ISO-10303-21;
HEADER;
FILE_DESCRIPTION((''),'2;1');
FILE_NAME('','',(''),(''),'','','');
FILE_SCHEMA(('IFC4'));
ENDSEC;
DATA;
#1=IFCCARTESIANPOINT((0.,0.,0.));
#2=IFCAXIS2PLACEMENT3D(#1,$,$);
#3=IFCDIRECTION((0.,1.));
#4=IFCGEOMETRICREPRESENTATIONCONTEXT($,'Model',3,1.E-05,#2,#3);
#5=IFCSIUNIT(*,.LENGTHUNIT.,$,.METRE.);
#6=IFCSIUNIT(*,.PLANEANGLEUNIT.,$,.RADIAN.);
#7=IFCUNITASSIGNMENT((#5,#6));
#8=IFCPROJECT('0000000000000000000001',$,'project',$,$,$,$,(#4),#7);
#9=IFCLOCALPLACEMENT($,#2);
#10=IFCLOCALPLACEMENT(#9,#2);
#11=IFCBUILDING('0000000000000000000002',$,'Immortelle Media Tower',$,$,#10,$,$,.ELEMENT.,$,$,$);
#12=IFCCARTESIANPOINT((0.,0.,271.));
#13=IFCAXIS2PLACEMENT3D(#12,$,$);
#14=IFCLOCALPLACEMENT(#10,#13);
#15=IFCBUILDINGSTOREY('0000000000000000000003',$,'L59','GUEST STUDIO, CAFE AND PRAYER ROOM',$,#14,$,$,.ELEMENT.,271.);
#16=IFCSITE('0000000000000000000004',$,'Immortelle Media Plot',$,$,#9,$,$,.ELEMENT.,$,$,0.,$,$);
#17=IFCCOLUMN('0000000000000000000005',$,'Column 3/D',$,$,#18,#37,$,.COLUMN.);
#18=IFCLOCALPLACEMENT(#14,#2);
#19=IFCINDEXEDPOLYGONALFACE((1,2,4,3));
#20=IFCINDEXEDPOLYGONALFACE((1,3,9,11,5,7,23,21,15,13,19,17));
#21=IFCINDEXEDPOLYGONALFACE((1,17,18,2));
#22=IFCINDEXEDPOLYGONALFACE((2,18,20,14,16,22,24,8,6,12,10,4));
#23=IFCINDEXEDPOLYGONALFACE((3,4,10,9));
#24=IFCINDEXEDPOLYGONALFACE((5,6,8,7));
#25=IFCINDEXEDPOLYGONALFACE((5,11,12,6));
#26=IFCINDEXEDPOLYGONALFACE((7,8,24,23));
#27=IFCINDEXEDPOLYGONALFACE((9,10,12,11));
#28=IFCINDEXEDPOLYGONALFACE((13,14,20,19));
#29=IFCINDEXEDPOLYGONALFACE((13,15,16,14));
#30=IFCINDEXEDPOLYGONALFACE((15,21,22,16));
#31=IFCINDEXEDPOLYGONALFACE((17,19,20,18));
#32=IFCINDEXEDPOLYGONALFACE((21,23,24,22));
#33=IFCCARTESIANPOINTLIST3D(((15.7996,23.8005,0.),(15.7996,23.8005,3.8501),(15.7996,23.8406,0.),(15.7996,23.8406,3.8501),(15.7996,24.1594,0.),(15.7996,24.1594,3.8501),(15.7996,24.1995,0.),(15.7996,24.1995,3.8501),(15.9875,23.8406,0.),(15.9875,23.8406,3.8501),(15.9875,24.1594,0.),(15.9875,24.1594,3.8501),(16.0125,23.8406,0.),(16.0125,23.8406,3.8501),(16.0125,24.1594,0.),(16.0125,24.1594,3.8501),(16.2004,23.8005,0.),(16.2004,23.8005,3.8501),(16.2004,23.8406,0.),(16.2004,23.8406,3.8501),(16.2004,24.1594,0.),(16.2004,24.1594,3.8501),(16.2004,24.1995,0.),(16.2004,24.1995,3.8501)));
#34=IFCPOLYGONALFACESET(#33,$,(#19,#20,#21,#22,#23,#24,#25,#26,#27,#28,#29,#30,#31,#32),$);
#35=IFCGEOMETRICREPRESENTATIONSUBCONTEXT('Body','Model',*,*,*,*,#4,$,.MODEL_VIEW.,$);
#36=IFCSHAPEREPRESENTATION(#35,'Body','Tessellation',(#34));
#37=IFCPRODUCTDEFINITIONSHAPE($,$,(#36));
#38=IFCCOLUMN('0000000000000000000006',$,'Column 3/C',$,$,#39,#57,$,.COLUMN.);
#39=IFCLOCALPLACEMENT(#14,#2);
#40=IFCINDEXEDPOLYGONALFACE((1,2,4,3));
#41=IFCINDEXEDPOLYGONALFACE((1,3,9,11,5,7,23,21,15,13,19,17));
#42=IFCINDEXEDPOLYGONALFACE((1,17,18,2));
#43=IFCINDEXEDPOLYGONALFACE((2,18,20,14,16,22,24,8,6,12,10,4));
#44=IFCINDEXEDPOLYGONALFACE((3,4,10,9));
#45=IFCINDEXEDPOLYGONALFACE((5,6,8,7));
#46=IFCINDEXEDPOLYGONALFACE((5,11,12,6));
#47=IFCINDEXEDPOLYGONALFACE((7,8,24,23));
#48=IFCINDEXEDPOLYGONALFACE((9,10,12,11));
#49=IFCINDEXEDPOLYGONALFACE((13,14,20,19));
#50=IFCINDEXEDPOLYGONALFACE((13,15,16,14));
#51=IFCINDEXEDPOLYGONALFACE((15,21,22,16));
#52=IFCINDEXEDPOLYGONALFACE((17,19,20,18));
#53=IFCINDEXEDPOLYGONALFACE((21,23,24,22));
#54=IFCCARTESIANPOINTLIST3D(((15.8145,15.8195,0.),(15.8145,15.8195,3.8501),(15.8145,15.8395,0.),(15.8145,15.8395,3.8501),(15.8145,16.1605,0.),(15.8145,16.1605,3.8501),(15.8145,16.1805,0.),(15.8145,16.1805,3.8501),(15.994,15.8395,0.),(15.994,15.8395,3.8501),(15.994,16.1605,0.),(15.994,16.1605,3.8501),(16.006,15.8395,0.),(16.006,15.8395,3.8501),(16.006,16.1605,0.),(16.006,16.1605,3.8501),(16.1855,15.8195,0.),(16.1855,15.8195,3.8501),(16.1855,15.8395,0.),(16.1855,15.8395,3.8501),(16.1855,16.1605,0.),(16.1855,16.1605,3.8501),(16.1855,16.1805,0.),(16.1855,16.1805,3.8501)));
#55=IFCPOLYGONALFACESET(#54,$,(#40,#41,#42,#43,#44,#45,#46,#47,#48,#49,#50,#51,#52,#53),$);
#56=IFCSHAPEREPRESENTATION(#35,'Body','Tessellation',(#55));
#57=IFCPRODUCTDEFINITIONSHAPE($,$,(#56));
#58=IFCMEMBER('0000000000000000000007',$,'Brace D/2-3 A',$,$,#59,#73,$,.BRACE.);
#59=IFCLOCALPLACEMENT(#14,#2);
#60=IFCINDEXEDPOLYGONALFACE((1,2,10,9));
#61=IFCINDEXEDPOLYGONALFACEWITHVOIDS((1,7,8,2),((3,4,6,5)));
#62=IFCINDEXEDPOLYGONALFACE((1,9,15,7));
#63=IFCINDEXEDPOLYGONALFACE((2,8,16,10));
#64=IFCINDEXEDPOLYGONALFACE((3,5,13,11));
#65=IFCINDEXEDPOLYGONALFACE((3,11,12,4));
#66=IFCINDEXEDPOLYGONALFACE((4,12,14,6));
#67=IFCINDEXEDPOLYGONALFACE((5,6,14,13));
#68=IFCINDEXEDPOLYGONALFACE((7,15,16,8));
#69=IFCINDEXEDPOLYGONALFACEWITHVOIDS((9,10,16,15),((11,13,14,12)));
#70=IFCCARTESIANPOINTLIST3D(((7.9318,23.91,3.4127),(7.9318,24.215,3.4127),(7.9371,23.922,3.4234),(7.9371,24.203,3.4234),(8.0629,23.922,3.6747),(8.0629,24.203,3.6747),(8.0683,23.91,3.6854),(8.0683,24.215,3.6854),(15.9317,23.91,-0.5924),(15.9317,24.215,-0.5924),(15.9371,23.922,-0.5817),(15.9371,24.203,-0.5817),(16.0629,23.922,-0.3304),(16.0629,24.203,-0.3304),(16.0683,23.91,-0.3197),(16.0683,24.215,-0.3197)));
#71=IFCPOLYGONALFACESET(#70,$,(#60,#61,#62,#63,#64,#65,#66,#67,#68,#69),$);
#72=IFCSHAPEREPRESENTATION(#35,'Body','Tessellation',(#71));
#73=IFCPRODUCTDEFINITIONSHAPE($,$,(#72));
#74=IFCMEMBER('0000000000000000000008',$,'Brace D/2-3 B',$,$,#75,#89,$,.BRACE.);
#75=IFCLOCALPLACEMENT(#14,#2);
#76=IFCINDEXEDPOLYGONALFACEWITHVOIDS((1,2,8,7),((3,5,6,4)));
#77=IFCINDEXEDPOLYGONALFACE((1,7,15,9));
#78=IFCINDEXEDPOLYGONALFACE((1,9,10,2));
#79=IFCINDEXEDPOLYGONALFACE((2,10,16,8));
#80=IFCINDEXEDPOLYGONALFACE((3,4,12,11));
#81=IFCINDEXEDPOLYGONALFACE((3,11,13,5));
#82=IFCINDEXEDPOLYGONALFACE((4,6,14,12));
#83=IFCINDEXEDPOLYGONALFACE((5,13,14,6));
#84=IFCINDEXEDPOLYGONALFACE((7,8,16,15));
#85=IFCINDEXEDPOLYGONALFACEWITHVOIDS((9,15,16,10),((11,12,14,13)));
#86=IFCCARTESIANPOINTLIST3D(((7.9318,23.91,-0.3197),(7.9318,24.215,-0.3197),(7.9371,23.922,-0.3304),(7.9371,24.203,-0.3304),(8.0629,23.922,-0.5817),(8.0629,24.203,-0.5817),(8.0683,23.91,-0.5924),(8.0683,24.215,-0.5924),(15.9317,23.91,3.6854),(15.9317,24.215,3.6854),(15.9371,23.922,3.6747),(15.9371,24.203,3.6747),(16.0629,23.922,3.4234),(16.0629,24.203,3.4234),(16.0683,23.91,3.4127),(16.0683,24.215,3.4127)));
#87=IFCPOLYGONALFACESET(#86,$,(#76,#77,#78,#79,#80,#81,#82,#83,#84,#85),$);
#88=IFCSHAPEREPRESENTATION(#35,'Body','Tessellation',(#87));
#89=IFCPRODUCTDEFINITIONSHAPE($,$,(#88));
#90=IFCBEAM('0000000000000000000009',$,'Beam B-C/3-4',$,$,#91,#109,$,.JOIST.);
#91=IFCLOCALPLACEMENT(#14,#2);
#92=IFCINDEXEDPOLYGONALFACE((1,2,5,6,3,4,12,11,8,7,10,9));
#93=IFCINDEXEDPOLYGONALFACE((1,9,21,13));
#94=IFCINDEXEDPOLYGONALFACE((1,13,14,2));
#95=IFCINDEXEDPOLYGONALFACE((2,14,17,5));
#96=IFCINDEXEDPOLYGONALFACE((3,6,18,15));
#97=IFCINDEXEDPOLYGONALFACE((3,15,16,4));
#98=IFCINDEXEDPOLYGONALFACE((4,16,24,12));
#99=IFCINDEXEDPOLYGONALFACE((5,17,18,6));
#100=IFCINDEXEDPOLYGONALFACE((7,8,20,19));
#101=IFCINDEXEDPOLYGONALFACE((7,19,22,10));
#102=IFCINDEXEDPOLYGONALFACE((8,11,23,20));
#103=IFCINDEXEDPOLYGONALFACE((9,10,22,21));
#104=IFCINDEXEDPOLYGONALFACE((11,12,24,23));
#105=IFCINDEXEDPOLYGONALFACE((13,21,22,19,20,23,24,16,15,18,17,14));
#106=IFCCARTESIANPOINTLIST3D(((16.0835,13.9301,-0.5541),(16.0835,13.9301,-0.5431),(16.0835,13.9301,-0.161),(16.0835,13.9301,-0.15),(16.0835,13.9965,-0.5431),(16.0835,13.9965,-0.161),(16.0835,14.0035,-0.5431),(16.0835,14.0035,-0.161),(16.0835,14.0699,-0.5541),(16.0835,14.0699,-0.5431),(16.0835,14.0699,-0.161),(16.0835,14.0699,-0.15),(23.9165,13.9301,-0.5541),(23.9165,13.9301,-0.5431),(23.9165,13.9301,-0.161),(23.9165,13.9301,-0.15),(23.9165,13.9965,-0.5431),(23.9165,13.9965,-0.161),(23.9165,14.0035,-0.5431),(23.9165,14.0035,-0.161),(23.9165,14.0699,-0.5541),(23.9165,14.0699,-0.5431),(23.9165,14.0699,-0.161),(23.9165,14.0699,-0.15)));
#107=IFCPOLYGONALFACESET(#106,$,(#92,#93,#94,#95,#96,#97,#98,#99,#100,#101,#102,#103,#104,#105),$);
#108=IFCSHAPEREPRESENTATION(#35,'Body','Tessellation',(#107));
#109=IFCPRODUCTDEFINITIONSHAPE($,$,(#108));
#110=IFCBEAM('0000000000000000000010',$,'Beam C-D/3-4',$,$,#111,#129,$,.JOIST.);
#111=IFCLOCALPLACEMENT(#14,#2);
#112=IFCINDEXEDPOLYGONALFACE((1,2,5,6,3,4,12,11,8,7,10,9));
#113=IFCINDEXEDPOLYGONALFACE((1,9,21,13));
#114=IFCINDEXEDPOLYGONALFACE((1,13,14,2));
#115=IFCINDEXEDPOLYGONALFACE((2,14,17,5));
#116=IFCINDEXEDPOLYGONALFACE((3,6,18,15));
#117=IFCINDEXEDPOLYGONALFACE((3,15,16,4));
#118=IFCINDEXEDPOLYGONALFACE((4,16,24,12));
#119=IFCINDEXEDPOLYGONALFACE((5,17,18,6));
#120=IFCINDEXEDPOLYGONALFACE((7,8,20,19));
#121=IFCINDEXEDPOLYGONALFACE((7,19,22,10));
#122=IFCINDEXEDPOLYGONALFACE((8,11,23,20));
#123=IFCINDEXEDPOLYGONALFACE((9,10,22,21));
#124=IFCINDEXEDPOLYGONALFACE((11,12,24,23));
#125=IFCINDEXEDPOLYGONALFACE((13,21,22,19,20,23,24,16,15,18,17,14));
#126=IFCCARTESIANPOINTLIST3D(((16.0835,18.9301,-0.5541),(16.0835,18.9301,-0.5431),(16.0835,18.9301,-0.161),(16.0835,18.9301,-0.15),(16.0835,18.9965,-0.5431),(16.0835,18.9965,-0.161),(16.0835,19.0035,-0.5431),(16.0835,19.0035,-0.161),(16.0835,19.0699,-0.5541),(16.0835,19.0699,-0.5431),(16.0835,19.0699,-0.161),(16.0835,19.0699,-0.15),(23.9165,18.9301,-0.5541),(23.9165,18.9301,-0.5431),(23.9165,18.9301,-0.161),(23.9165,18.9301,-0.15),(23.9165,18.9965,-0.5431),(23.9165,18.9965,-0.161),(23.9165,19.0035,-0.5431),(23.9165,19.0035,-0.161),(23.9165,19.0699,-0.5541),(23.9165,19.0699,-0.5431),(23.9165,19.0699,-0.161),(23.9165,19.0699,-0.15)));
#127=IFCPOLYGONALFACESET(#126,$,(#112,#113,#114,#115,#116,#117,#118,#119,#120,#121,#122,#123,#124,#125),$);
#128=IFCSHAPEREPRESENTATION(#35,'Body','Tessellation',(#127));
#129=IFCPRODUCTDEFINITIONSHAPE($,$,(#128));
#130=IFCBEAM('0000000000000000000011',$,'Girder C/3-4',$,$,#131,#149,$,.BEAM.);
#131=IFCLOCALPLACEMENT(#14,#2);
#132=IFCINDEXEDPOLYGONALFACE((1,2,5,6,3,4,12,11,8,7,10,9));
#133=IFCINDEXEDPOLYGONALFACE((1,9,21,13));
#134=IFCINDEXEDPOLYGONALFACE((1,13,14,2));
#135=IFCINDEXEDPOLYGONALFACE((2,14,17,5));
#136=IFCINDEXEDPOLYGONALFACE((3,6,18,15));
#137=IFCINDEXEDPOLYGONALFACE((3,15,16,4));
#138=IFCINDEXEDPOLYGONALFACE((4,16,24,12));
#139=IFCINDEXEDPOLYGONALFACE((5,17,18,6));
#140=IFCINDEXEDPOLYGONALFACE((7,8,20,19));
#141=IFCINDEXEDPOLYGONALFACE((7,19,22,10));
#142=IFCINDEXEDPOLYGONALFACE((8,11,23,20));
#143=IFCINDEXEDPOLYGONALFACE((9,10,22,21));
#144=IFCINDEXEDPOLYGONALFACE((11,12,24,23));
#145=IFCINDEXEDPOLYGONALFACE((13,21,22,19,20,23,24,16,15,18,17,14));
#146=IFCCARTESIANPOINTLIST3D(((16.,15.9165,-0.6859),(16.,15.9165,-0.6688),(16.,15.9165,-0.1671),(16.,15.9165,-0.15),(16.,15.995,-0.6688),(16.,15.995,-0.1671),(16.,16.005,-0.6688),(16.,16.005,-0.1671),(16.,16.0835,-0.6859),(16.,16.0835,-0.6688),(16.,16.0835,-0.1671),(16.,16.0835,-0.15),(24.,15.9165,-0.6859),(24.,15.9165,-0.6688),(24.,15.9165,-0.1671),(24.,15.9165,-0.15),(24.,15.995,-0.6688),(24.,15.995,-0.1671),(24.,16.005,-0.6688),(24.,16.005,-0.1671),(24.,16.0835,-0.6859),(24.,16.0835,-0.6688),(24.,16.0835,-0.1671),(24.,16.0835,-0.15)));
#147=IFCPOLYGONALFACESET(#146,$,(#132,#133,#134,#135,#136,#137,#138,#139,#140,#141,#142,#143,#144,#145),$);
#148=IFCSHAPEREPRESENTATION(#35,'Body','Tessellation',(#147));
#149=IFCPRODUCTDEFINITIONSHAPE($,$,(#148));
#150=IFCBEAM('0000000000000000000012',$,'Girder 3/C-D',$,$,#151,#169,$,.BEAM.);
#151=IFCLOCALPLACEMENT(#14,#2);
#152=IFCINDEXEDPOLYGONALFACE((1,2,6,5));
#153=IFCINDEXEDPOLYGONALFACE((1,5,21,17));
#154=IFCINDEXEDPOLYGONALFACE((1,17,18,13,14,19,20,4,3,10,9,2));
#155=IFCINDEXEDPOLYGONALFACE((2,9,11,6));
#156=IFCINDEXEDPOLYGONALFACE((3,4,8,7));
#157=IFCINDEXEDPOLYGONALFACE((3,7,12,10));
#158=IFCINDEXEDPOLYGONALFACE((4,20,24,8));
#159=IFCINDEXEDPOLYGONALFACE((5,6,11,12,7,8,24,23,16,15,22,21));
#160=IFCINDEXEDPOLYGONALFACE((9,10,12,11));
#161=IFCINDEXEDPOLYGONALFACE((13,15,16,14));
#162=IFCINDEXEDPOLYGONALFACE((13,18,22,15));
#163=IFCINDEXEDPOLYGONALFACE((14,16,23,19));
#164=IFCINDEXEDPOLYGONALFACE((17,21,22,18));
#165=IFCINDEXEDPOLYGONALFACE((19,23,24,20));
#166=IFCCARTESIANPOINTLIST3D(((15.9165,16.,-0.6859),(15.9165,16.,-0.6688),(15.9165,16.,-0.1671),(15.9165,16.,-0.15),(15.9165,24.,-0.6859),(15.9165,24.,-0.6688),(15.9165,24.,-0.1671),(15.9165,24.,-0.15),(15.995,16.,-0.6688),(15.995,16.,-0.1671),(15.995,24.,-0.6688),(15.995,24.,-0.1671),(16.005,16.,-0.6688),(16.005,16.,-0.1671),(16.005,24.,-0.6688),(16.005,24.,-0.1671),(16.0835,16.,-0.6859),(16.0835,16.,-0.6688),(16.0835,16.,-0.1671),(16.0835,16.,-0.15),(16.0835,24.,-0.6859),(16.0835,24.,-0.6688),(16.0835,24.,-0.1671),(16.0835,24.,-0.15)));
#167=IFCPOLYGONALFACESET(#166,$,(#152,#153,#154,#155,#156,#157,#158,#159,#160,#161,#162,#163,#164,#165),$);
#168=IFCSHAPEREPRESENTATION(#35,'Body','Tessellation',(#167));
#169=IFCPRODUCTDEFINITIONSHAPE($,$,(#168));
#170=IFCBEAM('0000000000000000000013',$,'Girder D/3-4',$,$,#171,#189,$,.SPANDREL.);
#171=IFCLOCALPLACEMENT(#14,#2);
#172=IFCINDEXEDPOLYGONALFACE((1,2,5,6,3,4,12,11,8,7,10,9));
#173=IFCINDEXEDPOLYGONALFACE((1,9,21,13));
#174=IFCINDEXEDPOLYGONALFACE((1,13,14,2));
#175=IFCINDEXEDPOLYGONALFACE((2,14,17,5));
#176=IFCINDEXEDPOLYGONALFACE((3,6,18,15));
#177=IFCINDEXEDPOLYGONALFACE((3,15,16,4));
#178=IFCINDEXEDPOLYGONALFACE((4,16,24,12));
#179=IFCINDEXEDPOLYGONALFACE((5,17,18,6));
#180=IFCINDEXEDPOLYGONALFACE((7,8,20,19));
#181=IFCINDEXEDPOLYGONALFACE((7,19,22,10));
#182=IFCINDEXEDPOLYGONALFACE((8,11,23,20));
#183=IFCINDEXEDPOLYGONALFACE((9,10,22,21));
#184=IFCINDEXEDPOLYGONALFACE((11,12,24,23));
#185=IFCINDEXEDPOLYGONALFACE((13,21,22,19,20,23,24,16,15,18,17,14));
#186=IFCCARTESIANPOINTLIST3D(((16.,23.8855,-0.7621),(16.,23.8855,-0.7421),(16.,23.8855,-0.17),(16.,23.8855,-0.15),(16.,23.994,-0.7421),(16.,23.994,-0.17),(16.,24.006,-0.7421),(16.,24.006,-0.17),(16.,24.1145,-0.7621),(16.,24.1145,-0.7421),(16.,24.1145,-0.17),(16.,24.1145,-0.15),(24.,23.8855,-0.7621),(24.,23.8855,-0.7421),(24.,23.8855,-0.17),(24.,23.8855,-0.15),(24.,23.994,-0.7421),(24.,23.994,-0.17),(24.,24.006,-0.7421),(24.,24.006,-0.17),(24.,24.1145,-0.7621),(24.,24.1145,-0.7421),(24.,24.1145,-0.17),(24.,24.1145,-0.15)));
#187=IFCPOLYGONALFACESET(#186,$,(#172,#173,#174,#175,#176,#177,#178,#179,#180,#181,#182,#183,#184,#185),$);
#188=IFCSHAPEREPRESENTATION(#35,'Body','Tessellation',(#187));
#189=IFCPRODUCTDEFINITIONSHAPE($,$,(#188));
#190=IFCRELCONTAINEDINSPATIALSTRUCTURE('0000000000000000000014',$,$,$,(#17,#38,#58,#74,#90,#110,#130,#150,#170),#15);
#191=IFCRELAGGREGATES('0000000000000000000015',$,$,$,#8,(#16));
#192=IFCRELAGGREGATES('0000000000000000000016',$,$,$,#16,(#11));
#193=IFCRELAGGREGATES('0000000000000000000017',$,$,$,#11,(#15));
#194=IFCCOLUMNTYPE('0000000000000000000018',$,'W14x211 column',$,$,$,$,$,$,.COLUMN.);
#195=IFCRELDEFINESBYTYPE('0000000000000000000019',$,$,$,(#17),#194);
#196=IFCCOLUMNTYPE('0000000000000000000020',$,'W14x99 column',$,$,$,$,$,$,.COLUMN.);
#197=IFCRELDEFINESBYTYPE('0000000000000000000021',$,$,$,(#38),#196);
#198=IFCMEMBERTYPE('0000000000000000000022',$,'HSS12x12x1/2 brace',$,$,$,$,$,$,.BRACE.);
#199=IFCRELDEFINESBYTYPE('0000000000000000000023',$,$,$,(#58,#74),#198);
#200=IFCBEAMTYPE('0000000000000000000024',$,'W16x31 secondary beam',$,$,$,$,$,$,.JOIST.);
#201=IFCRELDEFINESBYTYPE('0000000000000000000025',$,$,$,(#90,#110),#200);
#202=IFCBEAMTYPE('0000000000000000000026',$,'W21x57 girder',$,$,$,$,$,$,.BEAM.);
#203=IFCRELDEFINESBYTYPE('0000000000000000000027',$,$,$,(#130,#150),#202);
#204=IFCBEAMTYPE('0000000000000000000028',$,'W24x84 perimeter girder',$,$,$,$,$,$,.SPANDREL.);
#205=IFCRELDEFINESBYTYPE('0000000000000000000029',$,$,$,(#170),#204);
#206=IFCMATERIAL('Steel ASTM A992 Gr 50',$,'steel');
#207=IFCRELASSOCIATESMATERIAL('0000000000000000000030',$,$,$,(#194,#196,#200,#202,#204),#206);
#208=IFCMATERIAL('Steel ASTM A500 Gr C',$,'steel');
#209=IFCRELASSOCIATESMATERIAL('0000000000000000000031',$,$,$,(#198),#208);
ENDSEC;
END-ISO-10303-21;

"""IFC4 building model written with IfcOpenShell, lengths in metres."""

from ifc_helpers import new_model, si_unit, direction, frame, origin, origin_2d, place, context, subcontext, project, spatial, hollow_rectangle, i_section, extrude, material, material_profile, profile_set, type_object, element, save


model = new_model("IFC4")

# Units and contexts
model_context = context("Model", 3, precision=1e-05, world=origin(), true_north=direction((0.0, 1.0)))
body_context = subcontext(model_context, "Body", "Model", "MODEL_VIEW")
ifc_project = project(units=[si_unit("LENGTHUNIT", "METRE"), si_unit("PLANEANGLEUNIT", "RADIAN")], contexts=[model_context])

# Site, building, storey
site_placement = place(None, origin())
site = spatial("IfcSite", under=ifc_project, at=site_placement, Name="Immortelle Media Plot", CompositionType="ELEMENT", RefElevation=0.0)
building_placement = place(site_placement, origin())
building = spatial("IfcBuilding", under=site, at=building_placement, Name="Immortelle Media Tower", CompositionType="ELEMENT")
storey_placement = place(building_placement, frame((0.0, 0.0, 271.0)))
storey = spatial("IfcBuildingStorey", under=building, at=storey_placement, Name="L59", Description="GUEST STUDIO, CAFE AND PRAYER ROOM", CompositionType="ELEMENT", Elevation=271.0)

# Columns
ifc_material_1 = material(Name="Steel ASTM A992 Gr 50", Category="steel")
ifc_material_profile_1 = material_profile(ifc_material_1, i_section(OverallWidth=0.4009, OverallDepth=0.3989, WebThickness=0.0249, FlangeThickness=0.04, at=origin_2d()), Name="W14x211")
ifc_profile_set_1 = profile_set([ifc_material_profile_1], Name="Steel ASTM A992 Gr 50")
column_type_1 = type_object("IfcColumnType", Name="W14x211 column", PredefinedType="COLUMN", material=ifc_profile_set_1)
column_1_placement = place(storey_placement, frame((16.0, 24.0, 0.0), z_axis=(0.0, 0.0, 1.0), x_axis=(1.0, 0.0, 0.0)))
element("IfcColumn", 1, at=column_1_placement, inside=storey, type_object=column_type_1, Name="Column 3/D", PredefinedType="COLUMN", context=body_context, shape_type="SweptSolid", body=[
    extrude(i_section(OverallWidth=0.4009, OverallDepth=0.3989, WebThickness=0.0249, FlangeThickness=0.04, at=origin_2d()), origin(), (0.0, 0.0, 1.0), 3.8501),
])
ifc_material_profile_2 = material_profile(ifc_material_1, i_section(OverallWidth=0.3711, OverallDepth=0.3611, WebThickness=0.012, FlangeThickness=0.02, at=origin_2d()), Name="W14x99")
ifc_profile_set_2 = profile_set([ifc_material_profile_2], Name="Steel ASTM A992 Gr 50")
column_type_2 = type_object("IfcColumnType", Name="W14x99 column", PredefinedType="COLUMN", material=ifc_profile_set_2)
column_2_placement = place(storey_placement, frame((16.0, 16.0, 0.0), z_axis=(0.0, 0.0, 1.0), x_axis=(1.0, 0.0, 0.0)))
element("IfcColumn", 2, at=column_2_placement, inside=storey, type_object=column_type_2, Name="Column 3/C", PredefinedType="COLUMN", context=body_context, shape_type="SweptSolid", body=[
    extrude(i_section(OverallWidth=0.3711, OverallDepth=0.3611, WebThickness=0.012, FlangeThickness=0.02, at=origin_2d()), origin(), (0.0, 0.0, 1.0), 3.8501),
])

# Members
ifc_material_2 = material(Name="Steel ASTM A500 Gr C", Category="steel")
ifc_material_profile_3 = material_profile(ifc_material_2, hollow_rectangle(XDim=0.3049, YDim=0.3049, WallThickness=0.012, at=origin_2d()), Name="HSS12x12x1/2 brace")
ifc_profile_set_3 = profile_set([ifc_material_profile_3], Name="Steel ASTM A500 Gr C")
member_type = type_object("IfcMemberType", Name="HSS12x12x1/2 brace", PredefinedType="BRACE", material=ifc_profile_set_3)
for number, where, z_axis, x_axis, name in (
    (3, (16.0, 24.0625, -0.4561), (-0.894198, 0.0, 0.447672), (0.0, -1.0, 0.0), "Brace D/2-3 A"),
    (4, (16.0, 24.0625, 3.5491), (-0.894198, 0.0, -0.447672), (0.0, -1.0, 0.0), "Brace D/2-3 B"),
):
    element("IfcMember", number, at=place(storey_placement, frame(where, z_axis=z_axis, x_axis=x_axis)), inside=storey, type_object=member_type, Name=name, PredefinedType="BRACE", context=body_context, shape_type="SweptSolid", body=[
        extrude(hollow_rectangle(XDim=0.3049, YDim=0.3049, WallThickness=0.012, at=origin_2d()), origin(), (0.0, 0.0, 1.0), 8.9465),
    ])

# Beams
ifc_material_profile_4 = material_profile(ifc_material_1, i_section(OverallWidth=0.1399, OverallDepth=0.4041, WebThickness=0.0071, FlangeThickness=0.011, at=origin_2d()), Name="W16x31")
ifc_profile_set_4 = profile_set([ifc_material_profile_4], Name="Steel ASTM A992 Gr 50")
beam_type_1 = type_object("IfcBeamType", Name="W16x31 secondary beam", PredefinedType="JOIST", material=ifc_profile_set_4)
for number, where, z_axis, x_axis, name in (
    (5, (16.0835, 14.0, -0.3521), (1.0, 0.0, 0.0), (0.0, 1.0, 0.0), "Beam B-C/3-4"),
    (6, (16.0835, 19.0, -0.3521), (1.0, 0.0, 0.0), (0.0, 1.0, 0.0), "Beam C-D/3-4"),
):
    element("IfcBeam", number, at=place(storey_placement, frame(where, z_axis=z_axis, x_axis=x_axis)), inside=storey, type_object=beam_type_1, Name=name, PredefinedType="JOIST", context=body_context, shape_type="SweptSolid", body=[
        extrude(i_section(OverallWidth=0.1399, OverallDepth=0.4041, WebThickness=0.0071, FlangeThickness=0.011, at=origin_2d()), origin(), (0.0, 0.0, 1.0), 7.833),
    ])
ifc_material_profile_5 = material_profile(ifc_material_1, i_section(OverallWidth=0.167, OverallDepth=0.5359, WebThickness=0.01, FlangeThickness=0.0171, at=origin_2d()), Name="W21x57")
ifc_profile_set_5 = profile_set([ifc_material_profile_5], Name="Steel ASTM A992 Gr 50")
beam_type_2 = type_object("IfcBeamType", Name="W21x57 girder", PredefinedType="BEAM", material=ifc_profile_set_5)
for number, where, z_axis, x_axis, name in (
    (7, (16.0, 16.0, -0.418), (1.0, 0.0, 0.0), (0.0, 1.0, 0.0), "Girder C/3-4"),
    (8, (16.0, 16.0, -0.418), (0.0, 1.0, 0.0), (-1.0, 0.0, 0.0), "Girder 3/C-D"),
):
    element("IfcBeam", number, at=place(storey_placement, frame(where, z_axis=z_axis, x_axis=x_axis)), inside=storey, type_object=beam_type_2, Name=name, PredefinedType="BEAM", context=body_context, shape_type="SweptSolid", body=[
        extrude(i_section(OverallWidth=0.167, OverallDepth=0.5359, WebThickness=0.01, FlangeThickness=0.0171, at=origin_2d()), origin(), (0.0, 0.0, 1.0), 8.0),
    ])
ifc_material_profile_6 = material_profile(ifc_material_1, i_section(OverallWidth=0.229, OverallDepth=0.6121, WebThickness=0.012, FlangeThickness=0.02, at=origin_2d()), Name="W24x84")
ifc_profile_set_6 = profile_set([ifc_material_profile_6], Name="Steel ASTM A992 Gr 50")
beam_type_3 = type_object("IfcBeamType", Name="W24x84 perimeter girder", PredefinedType="SPANDREL", material=ifc_profile_set_6)
beam_placement = place(storey_placement, frame((16.0, 24.0, -0.4561), z_axis=(1.0, 0.0, 0.0), x_axis=(0.0, 1.0, 0.0)))
element("IfcBeam", 9, at=beam_placement, inside=storey, type_object=beam_type_3, Name="Girder D/3-4", PredefinedType="SPANDREL", context=body_context, shape_type="SweptSolid", body=[
    extrude(i_section(OverallWidth=0.229, OverallDepth=0.6121, WebThickness=0.012, FlangeThickness=0.02, at=origin_2d()), origin(), (0.0, 0.0, 1.0), 8.0),
])

save(model, "model.ifc")
